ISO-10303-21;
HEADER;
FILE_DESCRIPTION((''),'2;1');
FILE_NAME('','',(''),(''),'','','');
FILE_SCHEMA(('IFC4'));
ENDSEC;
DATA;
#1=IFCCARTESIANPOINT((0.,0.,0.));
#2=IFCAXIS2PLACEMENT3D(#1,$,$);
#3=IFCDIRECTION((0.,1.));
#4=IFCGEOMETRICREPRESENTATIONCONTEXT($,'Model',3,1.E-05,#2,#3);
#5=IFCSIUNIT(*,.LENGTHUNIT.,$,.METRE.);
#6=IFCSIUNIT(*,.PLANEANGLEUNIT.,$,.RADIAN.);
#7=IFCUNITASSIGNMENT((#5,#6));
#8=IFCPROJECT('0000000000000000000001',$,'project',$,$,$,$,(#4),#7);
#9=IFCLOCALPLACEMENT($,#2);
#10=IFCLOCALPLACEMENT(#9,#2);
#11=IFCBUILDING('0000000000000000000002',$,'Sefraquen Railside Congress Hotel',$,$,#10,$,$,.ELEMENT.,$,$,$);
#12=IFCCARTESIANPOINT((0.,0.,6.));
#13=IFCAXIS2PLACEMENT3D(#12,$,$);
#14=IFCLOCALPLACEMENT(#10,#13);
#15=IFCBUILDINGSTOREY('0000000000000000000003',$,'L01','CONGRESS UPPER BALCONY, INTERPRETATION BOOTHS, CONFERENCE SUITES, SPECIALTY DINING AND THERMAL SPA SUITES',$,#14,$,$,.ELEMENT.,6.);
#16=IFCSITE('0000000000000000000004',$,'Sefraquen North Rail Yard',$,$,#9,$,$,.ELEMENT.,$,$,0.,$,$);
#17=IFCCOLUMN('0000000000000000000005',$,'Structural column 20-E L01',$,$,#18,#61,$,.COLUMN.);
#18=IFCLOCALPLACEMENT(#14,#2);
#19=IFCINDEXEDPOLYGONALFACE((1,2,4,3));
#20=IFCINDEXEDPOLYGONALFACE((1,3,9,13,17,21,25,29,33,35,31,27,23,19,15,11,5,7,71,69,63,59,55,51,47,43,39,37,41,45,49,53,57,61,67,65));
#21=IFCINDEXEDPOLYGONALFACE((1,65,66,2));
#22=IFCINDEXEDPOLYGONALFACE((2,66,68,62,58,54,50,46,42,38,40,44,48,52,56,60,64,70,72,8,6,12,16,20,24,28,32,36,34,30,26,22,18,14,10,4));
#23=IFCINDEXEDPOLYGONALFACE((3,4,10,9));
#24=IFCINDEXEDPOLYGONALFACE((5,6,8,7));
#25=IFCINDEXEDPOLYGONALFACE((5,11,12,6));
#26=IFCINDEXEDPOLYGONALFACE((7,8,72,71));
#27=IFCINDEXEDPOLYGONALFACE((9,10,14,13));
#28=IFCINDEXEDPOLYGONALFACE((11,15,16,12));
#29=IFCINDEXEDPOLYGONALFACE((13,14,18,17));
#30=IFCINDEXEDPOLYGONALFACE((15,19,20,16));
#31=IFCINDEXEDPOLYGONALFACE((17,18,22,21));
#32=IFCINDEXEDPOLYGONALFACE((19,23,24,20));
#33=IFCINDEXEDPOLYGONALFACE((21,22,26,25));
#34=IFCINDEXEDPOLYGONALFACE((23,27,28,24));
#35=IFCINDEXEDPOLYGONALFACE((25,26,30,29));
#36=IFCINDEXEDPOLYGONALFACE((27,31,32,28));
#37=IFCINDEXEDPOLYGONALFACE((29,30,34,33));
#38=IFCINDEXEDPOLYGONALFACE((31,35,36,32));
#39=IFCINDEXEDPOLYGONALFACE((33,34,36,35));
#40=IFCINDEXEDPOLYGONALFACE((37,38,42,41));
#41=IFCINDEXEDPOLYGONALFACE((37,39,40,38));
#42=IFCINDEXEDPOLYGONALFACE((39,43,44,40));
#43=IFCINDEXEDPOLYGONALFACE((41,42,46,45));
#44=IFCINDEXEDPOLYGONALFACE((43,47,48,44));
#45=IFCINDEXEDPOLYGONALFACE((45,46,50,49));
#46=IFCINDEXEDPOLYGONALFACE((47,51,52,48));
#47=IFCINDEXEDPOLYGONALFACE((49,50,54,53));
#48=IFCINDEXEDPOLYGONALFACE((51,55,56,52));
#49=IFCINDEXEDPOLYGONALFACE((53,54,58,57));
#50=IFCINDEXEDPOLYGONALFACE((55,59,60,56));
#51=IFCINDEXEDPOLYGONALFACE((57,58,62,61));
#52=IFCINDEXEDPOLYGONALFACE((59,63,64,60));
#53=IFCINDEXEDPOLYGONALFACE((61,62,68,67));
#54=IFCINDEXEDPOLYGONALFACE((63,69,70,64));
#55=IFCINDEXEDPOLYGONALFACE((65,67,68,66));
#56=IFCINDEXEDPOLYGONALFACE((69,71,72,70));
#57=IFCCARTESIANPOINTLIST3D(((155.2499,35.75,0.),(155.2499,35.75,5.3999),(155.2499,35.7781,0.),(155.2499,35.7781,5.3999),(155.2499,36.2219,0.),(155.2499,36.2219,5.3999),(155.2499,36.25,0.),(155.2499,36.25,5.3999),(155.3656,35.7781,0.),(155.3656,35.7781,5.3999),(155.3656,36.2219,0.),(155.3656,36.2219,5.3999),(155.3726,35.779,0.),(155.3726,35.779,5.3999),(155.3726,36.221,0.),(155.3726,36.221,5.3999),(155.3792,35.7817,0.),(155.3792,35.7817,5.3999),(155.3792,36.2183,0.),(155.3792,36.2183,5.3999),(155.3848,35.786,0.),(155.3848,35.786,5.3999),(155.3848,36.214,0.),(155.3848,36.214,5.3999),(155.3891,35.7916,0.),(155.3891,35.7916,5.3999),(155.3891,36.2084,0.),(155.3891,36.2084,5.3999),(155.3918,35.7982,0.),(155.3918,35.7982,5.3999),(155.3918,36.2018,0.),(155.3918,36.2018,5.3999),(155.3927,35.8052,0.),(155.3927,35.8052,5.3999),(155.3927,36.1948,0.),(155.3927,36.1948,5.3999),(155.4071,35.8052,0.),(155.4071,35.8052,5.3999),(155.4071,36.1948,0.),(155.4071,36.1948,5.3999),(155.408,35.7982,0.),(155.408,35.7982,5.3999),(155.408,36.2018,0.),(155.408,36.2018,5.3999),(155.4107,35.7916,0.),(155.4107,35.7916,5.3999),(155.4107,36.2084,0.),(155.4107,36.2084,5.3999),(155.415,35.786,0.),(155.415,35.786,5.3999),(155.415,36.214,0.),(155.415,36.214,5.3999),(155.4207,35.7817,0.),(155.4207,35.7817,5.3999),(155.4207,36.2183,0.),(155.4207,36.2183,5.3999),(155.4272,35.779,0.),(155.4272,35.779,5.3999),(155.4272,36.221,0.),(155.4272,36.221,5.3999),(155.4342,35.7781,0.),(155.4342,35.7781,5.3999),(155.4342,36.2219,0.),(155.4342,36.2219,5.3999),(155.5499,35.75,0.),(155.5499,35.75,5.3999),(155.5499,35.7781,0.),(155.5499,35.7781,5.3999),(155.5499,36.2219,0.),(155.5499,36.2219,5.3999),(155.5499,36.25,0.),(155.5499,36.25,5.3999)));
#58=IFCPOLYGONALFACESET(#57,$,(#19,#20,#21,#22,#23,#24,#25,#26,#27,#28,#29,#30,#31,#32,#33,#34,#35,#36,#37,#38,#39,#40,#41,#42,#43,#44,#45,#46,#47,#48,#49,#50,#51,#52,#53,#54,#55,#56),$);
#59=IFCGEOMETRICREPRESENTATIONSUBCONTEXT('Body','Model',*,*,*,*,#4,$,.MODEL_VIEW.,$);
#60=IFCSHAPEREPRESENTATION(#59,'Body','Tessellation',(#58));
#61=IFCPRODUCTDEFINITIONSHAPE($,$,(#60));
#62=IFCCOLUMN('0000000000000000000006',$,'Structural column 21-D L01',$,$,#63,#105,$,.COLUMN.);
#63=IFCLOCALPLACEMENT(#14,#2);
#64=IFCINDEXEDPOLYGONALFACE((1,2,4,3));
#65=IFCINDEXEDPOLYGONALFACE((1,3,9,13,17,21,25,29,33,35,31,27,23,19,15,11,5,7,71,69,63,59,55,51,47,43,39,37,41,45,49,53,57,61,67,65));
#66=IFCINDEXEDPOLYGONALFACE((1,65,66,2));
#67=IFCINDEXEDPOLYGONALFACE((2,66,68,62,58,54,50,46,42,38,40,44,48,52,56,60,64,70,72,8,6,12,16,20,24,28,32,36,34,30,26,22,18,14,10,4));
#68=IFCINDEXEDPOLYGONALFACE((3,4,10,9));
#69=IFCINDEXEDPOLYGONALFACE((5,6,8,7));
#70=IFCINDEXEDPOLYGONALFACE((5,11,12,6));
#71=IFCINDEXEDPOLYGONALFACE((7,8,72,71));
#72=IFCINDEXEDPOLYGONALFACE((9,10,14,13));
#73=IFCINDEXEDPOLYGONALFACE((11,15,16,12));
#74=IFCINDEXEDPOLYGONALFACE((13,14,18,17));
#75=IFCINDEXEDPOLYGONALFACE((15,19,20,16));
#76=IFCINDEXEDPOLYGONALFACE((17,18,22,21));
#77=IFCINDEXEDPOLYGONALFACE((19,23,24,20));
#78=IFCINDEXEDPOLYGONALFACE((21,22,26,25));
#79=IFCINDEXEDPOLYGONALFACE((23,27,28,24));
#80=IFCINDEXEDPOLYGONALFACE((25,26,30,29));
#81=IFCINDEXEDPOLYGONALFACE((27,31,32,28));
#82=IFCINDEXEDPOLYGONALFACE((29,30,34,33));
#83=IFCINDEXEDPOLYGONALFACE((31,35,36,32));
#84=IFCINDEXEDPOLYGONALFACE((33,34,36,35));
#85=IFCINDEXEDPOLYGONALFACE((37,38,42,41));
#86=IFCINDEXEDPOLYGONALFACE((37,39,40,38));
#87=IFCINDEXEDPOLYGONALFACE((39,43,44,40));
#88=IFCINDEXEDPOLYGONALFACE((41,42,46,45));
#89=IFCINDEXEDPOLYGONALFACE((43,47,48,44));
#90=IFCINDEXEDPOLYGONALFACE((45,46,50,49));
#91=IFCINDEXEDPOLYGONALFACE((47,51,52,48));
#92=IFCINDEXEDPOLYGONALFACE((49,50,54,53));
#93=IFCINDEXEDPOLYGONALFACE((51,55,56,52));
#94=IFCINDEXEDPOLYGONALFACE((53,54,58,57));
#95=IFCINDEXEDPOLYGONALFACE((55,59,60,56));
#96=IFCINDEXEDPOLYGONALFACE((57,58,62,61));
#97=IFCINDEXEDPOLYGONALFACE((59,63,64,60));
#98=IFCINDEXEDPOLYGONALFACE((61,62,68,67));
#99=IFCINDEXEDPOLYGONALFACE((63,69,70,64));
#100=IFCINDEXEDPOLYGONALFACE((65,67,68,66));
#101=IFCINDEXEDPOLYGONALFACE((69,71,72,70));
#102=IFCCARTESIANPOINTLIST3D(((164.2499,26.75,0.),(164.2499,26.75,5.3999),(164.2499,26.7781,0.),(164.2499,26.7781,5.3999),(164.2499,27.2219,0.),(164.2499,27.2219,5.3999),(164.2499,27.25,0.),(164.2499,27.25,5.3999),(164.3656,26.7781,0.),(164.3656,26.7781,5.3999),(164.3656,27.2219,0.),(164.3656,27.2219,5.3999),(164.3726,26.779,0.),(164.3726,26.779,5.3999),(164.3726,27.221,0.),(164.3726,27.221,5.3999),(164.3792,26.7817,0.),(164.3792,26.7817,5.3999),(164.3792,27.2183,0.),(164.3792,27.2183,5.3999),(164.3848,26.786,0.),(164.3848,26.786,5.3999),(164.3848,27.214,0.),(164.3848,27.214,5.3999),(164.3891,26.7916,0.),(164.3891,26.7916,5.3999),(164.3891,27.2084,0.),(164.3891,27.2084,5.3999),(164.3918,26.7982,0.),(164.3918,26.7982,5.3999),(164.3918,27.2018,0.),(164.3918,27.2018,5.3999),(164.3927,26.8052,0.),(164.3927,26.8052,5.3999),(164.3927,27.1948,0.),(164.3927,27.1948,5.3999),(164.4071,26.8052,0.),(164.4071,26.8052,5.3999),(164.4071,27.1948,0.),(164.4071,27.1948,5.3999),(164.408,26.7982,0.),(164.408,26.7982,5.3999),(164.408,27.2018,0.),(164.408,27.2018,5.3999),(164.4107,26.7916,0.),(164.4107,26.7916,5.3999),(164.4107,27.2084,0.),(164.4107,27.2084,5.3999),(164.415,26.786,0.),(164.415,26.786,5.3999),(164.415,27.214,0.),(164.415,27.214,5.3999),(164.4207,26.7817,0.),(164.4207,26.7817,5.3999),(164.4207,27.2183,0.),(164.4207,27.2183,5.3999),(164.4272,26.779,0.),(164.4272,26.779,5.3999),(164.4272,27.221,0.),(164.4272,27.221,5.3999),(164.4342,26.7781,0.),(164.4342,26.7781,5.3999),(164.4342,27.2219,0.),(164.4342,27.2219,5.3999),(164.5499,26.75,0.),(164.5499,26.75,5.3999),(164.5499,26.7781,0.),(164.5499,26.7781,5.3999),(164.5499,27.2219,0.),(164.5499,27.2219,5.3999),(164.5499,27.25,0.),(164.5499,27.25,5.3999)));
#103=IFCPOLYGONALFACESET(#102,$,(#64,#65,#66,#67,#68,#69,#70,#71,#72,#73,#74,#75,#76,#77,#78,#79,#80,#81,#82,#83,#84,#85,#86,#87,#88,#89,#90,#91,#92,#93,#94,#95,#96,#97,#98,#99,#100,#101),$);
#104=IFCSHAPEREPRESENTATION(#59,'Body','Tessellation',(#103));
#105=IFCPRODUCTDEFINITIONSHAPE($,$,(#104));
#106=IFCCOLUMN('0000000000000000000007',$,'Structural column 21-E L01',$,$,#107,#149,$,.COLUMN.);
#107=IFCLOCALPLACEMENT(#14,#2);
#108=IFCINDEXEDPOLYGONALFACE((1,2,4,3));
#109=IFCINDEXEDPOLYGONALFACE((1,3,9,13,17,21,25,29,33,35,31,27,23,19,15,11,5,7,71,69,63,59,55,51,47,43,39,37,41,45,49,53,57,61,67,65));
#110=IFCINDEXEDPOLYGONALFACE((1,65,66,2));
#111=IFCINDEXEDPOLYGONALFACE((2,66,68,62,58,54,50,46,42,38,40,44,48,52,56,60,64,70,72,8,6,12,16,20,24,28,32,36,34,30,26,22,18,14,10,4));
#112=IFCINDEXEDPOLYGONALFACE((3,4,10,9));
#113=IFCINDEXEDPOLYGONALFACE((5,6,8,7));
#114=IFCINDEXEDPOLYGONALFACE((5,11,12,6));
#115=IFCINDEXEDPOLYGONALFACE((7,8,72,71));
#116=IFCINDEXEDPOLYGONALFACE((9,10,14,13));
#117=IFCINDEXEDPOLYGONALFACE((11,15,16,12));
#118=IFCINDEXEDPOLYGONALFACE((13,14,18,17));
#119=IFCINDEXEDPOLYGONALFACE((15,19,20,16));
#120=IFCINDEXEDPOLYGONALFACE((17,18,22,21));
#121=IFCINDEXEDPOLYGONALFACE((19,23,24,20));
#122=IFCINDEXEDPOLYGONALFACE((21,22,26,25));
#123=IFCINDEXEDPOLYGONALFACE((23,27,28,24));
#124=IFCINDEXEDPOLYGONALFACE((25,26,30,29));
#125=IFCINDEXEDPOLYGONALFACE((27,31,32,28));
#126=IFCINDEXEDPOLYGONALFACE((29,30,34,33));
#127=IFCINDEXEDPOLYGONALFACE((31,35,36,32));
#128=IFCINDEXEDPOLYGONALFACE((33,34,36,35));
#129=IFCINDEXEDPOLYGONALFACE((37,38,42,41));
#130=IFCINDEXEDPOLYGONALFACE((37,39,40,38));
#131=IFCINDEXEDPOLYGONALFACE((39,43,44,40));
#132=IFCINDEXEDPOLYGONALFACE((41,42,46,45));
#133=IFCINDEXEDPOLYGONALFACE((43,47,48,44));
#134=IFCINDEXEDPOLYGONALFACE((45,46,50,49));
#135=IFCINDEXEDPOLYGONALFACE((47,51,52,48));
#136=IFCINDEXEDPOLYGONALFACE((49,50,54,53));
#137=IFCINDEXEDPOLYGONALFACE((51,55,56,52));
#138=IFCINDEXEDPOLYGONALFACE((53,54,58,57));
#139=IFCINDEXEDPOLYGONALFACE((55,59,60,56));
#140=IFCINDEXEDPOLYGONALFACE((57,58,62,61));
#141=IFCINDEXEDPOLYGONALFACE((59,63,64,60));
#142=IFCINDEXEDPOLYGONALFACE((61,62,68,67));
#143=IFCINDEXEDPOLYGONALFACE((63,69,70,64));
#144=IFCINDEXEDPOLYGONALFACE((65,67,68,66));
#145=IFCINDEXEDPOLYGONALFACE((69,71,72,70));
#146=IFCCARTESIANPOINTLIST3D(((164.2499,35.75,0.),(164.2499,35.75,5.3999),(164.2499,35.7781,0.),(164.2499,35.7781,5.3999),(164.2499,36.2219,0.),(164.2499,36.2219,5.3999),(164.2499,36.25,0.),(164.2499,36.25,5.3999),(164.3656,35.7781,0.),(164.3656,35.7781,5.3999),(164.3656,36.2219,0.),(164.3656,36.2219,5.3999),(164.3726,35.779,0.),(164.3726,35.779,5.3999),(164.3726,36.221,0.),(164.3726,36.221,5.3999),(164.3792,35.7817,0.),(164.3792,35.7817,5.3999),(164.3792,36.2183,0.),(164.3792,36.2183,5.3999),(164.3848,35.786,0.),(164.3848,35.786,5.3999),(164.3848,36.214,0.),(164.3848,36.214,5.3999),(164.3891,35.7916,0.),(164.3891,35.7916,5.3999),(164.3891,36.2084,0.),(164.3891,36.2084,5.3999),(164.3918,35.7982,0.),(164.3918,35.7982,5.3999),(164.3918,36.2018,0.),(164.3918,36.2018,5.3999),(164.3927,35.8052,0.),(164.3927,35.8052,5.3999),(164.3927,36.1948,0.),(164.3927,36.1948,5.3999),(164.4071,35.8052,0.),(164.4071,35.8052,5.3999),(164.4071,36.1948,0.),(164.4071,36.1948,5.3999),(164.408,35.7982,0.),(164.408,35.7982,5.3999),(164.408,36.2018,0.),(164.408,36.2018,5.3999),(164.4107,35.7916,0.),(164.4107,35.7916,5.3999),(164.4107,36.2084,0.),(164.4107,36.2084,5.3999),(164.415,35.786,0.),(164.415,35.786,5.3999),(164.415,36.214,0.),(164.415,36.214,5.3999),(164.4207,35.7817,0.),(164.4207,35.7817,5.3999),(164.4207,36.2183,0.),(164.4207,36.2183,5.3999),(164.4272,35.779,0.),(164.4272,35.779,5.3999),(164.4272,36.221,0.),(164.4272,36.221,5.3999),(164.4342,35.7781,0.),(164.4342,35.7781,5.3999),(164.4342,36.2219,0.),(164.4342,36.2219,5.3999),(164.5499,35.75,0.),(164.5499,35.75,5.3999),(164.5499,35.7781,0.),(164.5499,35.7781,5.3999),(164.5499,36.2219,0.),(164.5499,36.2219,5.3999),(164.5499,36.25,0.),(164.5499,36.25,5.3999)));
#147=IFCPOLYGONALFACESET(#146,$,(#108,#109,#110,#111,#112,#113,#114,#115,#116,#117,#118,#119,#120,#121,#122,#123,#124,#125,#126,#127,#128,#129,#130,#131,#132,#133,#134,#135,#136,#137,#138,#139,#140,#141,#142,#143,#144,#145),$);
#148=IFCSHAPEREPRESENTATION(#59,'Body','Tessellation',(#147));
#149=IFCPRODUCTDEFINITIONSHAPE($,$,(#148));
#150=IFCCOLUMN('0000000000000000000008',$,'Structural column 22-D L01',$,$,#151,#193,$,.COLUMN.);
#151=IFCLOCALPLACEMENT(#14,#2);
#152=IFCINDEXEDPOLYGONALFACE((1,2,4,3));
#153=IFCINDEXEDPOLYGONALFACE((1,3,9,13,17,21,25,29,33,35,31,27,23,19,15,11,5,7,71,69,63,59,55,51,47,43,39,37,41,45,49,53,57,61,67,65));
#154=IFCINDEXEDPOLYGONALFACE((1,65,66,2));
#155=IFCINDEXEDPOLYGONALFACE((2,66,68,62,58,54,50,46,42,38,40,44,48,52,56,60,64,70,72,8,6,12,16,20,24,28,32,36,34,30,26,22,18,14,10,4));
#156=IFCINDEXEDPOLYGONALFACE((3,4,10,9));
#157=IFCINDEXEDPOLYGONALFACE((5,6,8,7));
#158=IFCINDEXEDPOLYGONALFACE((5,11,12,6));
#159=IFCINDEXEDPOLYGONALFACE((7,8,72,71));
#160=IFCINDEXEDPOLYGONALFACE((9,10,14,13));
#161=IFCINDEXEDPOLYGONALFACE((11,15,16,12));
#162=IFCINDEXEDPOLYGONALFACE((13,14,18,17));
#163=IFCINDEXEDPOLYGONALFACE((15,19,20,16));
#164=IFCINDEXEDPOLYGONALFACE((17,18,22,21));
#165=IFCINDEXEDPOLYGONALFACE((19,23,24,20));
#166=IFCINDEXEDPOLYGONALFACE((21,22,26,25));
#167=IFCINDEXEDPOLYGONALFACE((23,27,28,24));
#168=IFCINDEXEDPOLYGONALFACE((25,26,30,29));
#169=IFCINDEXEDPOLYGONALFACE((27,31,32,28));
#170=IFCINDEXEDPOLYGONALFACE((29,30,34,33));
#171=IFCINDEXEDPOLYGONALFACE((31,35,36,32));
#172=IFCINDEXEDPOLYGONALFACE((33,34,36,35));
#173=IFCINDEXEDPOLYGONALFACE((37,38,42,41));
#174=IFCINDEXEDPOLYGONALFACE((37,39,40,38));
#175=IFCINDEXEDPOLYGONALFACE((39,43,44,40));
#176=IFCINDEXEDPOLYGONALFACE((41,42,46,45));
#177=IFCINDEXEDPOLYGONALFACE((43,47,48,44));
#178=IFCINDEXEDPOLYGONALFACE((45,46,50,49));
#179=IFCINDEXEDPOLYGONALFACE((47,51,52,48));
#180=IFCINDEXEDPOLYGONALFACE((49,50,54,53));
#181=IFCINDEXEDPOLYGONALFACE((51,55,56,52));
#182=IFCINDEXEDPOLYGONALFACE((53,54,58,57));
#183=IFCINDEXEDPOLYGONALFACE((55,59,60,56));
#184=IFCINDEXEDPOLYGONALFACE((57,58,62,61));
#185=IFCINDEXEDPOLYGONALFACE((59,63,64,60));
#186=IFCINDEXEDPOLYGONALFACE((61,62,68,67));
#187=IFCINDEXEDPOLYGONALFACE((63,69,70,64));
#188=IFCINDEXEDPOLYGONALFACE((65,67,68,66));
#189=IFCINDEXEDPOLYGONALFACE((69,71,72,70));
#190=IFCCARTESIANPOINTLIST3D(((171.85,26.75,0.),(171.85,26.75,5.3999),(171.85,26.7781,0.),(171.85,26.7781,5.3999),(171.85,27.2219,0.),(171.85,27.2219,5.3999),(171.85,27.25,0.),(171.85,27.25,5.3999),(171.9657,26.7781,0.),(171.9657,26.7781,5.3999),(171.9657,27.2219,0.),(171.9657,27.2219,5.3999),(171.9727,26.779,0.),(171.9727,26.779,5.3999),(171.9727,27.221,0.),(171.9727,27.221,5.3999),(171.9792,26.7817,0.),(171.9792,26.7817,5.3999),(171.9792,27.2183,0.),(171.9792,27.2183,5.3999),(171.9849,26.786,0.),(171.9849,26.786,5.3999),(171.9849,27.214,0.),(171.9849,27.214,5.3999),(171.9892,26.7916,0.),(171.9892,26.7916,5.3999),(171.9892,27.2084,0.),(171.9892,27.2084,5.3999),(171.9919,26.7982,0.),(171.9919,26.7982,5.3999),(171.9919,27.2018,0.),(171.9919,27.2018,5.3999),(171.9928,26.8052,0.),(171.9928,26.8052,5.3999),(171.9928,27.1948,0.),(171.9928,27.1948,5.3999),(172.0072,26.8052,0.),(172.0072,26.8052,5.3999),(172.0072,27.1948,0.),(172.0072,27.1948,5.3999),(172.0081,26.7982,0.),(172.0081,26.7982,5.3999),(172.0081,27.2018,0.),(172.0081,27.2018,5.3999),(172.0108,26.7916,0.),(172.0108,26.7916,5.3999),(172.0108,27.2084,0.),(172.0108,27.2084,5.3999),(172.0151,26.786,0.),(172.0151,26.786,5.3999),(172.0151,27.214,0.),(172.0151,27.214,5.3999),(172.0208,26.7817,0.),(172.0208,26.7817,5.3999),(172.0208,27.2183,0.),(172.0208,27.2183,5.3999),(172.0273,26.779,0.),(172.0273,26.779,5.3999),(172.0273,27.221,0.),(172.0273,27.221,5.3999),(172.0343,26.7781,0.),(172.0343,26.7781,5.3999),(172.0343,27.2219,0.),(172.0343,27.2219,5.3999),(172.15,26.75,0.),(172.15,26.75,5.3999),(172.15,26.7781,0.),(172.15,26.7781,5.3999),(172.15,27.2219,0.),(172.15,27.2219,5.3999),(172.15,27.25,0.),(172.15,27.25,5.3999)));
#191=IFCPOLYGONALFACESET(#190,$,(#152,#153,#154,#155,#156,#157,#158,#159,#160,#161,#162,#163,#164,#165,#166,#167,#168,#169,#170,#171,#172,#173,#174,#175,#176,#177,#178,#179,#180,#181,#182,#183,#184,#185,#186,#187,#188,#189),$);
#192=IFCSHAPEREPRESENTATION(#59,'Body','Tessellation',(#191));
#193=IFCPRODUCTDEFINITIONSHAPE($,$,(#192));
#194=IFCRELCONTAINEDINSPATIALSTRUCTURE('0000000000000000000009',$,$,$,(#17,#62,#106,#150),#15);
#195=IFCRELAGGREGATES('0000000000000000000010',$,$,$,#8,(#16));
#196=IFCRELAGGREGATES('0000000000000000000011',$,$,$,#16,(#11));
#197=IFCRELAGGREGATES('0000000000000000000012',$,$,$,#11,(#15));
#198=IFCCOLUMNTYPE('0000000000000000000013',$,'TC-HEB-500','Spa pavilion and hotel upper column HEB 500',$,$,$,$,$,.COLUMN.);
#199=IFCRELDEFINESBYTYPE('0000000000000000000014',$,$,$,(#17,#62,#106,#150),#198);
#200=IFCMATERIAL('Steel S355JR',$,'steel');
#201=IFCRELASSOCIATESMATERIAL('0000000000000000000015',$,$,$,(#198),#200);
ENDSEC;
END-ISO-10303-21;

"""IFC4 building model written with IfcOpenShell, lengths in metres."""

from ifc_helpers import new_model, si_unit, direction, frame, origin, origin_2d, place, context, subcontext, project, spatial, i_section, extrude, material, material_profile, profile_set, type_object, element, save


model = new_model("IFC4")

# Units and contexts
model_context = context("Model", 3, precision=1e-05, world=origin(), true_north=direction((0.0, 1.0)))
body_context = subcontext(model_context, "Body", "Model", "MODEL_VIEW")
ifc_project = project(units=[si_unit("LENGTHUNIT", "METRE"), si_unit("PLANEANGLEUNIT", "RADIAN")], contexts=[model_context])

# Site, building, storey
site_placement = place(None, origin())
site = spatial("IfcSite", under=ifc_project, at=site_placement, Name="Sefraquen North Rail Yard", CompositionType="ELEMENT", RefElevation=0.0)
building_placement = place(site_placement, origin())
building = spatial("IfcBuilding", under=site, at=building_placement, Name="Sefraquen Railside Congress Hotel", CompositionType="ELEMENT")
storey_placement = place(building_placement, frame((0.0, 0.0, 6.0)))
storey = spatial("IfcBuildingStorey", under=building, at=storey_placement, Name="L01", Description="CONGRESS UPPER BALCONY, INTERPRETATION BOOTHS, CONFERENCE SUITES, SPECIALTY DINING AND THERMAL SPA SUITES", CompositionType="ELEMENT", Elevation=6.0)

# Columns
ifc_material_1 = material(Name="Steel S355JR", Category="steel")
ifc_material_profile_1 = material_profile(ifc_material_1, i_section(OverallWidth=0.3, OverallDepth=0.5, WebThickness=0.0144, FlangeThickness=0.0281, FilletRadius=0.0271, at=origin_2d()), Name="HEB 500")
ifc_profile_set_1 = profile_set([ifc_material_profile_1], Name="Steel S355JR")
column_type = type_object("IfcColumnType", Name="TC-HEB-500", Description="Spa pavilion and hotel upper column HEB 500", PredefinedType="COLUMN", material=ifc_profile_set_1)
for number, where, z_axis, x_axis, name in (
    (1, (155.3999, 36.0, 0.0), (0.0, 0.0, 1.0), (1.0, 0.0, 0.0), "Structural column 20-E L01"),
    (2, (164.3999, 27.0, 0.0), (0.0, 0.0, 1.0), (1.0, 0.0, 0.0), "Structural column 21-D L01"),
    (3, (164.3999, 36.0, 0.0), (0.0, 0.0, 1.0), (1.0, 0.0, 0.0), "Structural column 21-E L01"),
    (4, (172.0, 27.0, 0.0), (0.0, 0.0, 1.0), (1.0, 0.0, 0.0), "Structural column 22-D L01"),
):
    element("IfcColumn", number, at=place(storey_placement, frame(where, z_axis=z_axis, x_axis=x_axis)), inside=storey, type_object=column_type, Name=name, PredefinedType="COLUMN", context=body_context, shape_type="SweptSolid", body=[
        extrude(i_section(OverallWidth=0.3, OverallDepth=0.5, WebThickness=0.0144, FlangeThickness=0.0281, FilletRadius=0.0271, at=origin_2d()), origin(), (0.0, 0.0, 1.0), 5.3999),
    ])

save(model, "model.ifc")
